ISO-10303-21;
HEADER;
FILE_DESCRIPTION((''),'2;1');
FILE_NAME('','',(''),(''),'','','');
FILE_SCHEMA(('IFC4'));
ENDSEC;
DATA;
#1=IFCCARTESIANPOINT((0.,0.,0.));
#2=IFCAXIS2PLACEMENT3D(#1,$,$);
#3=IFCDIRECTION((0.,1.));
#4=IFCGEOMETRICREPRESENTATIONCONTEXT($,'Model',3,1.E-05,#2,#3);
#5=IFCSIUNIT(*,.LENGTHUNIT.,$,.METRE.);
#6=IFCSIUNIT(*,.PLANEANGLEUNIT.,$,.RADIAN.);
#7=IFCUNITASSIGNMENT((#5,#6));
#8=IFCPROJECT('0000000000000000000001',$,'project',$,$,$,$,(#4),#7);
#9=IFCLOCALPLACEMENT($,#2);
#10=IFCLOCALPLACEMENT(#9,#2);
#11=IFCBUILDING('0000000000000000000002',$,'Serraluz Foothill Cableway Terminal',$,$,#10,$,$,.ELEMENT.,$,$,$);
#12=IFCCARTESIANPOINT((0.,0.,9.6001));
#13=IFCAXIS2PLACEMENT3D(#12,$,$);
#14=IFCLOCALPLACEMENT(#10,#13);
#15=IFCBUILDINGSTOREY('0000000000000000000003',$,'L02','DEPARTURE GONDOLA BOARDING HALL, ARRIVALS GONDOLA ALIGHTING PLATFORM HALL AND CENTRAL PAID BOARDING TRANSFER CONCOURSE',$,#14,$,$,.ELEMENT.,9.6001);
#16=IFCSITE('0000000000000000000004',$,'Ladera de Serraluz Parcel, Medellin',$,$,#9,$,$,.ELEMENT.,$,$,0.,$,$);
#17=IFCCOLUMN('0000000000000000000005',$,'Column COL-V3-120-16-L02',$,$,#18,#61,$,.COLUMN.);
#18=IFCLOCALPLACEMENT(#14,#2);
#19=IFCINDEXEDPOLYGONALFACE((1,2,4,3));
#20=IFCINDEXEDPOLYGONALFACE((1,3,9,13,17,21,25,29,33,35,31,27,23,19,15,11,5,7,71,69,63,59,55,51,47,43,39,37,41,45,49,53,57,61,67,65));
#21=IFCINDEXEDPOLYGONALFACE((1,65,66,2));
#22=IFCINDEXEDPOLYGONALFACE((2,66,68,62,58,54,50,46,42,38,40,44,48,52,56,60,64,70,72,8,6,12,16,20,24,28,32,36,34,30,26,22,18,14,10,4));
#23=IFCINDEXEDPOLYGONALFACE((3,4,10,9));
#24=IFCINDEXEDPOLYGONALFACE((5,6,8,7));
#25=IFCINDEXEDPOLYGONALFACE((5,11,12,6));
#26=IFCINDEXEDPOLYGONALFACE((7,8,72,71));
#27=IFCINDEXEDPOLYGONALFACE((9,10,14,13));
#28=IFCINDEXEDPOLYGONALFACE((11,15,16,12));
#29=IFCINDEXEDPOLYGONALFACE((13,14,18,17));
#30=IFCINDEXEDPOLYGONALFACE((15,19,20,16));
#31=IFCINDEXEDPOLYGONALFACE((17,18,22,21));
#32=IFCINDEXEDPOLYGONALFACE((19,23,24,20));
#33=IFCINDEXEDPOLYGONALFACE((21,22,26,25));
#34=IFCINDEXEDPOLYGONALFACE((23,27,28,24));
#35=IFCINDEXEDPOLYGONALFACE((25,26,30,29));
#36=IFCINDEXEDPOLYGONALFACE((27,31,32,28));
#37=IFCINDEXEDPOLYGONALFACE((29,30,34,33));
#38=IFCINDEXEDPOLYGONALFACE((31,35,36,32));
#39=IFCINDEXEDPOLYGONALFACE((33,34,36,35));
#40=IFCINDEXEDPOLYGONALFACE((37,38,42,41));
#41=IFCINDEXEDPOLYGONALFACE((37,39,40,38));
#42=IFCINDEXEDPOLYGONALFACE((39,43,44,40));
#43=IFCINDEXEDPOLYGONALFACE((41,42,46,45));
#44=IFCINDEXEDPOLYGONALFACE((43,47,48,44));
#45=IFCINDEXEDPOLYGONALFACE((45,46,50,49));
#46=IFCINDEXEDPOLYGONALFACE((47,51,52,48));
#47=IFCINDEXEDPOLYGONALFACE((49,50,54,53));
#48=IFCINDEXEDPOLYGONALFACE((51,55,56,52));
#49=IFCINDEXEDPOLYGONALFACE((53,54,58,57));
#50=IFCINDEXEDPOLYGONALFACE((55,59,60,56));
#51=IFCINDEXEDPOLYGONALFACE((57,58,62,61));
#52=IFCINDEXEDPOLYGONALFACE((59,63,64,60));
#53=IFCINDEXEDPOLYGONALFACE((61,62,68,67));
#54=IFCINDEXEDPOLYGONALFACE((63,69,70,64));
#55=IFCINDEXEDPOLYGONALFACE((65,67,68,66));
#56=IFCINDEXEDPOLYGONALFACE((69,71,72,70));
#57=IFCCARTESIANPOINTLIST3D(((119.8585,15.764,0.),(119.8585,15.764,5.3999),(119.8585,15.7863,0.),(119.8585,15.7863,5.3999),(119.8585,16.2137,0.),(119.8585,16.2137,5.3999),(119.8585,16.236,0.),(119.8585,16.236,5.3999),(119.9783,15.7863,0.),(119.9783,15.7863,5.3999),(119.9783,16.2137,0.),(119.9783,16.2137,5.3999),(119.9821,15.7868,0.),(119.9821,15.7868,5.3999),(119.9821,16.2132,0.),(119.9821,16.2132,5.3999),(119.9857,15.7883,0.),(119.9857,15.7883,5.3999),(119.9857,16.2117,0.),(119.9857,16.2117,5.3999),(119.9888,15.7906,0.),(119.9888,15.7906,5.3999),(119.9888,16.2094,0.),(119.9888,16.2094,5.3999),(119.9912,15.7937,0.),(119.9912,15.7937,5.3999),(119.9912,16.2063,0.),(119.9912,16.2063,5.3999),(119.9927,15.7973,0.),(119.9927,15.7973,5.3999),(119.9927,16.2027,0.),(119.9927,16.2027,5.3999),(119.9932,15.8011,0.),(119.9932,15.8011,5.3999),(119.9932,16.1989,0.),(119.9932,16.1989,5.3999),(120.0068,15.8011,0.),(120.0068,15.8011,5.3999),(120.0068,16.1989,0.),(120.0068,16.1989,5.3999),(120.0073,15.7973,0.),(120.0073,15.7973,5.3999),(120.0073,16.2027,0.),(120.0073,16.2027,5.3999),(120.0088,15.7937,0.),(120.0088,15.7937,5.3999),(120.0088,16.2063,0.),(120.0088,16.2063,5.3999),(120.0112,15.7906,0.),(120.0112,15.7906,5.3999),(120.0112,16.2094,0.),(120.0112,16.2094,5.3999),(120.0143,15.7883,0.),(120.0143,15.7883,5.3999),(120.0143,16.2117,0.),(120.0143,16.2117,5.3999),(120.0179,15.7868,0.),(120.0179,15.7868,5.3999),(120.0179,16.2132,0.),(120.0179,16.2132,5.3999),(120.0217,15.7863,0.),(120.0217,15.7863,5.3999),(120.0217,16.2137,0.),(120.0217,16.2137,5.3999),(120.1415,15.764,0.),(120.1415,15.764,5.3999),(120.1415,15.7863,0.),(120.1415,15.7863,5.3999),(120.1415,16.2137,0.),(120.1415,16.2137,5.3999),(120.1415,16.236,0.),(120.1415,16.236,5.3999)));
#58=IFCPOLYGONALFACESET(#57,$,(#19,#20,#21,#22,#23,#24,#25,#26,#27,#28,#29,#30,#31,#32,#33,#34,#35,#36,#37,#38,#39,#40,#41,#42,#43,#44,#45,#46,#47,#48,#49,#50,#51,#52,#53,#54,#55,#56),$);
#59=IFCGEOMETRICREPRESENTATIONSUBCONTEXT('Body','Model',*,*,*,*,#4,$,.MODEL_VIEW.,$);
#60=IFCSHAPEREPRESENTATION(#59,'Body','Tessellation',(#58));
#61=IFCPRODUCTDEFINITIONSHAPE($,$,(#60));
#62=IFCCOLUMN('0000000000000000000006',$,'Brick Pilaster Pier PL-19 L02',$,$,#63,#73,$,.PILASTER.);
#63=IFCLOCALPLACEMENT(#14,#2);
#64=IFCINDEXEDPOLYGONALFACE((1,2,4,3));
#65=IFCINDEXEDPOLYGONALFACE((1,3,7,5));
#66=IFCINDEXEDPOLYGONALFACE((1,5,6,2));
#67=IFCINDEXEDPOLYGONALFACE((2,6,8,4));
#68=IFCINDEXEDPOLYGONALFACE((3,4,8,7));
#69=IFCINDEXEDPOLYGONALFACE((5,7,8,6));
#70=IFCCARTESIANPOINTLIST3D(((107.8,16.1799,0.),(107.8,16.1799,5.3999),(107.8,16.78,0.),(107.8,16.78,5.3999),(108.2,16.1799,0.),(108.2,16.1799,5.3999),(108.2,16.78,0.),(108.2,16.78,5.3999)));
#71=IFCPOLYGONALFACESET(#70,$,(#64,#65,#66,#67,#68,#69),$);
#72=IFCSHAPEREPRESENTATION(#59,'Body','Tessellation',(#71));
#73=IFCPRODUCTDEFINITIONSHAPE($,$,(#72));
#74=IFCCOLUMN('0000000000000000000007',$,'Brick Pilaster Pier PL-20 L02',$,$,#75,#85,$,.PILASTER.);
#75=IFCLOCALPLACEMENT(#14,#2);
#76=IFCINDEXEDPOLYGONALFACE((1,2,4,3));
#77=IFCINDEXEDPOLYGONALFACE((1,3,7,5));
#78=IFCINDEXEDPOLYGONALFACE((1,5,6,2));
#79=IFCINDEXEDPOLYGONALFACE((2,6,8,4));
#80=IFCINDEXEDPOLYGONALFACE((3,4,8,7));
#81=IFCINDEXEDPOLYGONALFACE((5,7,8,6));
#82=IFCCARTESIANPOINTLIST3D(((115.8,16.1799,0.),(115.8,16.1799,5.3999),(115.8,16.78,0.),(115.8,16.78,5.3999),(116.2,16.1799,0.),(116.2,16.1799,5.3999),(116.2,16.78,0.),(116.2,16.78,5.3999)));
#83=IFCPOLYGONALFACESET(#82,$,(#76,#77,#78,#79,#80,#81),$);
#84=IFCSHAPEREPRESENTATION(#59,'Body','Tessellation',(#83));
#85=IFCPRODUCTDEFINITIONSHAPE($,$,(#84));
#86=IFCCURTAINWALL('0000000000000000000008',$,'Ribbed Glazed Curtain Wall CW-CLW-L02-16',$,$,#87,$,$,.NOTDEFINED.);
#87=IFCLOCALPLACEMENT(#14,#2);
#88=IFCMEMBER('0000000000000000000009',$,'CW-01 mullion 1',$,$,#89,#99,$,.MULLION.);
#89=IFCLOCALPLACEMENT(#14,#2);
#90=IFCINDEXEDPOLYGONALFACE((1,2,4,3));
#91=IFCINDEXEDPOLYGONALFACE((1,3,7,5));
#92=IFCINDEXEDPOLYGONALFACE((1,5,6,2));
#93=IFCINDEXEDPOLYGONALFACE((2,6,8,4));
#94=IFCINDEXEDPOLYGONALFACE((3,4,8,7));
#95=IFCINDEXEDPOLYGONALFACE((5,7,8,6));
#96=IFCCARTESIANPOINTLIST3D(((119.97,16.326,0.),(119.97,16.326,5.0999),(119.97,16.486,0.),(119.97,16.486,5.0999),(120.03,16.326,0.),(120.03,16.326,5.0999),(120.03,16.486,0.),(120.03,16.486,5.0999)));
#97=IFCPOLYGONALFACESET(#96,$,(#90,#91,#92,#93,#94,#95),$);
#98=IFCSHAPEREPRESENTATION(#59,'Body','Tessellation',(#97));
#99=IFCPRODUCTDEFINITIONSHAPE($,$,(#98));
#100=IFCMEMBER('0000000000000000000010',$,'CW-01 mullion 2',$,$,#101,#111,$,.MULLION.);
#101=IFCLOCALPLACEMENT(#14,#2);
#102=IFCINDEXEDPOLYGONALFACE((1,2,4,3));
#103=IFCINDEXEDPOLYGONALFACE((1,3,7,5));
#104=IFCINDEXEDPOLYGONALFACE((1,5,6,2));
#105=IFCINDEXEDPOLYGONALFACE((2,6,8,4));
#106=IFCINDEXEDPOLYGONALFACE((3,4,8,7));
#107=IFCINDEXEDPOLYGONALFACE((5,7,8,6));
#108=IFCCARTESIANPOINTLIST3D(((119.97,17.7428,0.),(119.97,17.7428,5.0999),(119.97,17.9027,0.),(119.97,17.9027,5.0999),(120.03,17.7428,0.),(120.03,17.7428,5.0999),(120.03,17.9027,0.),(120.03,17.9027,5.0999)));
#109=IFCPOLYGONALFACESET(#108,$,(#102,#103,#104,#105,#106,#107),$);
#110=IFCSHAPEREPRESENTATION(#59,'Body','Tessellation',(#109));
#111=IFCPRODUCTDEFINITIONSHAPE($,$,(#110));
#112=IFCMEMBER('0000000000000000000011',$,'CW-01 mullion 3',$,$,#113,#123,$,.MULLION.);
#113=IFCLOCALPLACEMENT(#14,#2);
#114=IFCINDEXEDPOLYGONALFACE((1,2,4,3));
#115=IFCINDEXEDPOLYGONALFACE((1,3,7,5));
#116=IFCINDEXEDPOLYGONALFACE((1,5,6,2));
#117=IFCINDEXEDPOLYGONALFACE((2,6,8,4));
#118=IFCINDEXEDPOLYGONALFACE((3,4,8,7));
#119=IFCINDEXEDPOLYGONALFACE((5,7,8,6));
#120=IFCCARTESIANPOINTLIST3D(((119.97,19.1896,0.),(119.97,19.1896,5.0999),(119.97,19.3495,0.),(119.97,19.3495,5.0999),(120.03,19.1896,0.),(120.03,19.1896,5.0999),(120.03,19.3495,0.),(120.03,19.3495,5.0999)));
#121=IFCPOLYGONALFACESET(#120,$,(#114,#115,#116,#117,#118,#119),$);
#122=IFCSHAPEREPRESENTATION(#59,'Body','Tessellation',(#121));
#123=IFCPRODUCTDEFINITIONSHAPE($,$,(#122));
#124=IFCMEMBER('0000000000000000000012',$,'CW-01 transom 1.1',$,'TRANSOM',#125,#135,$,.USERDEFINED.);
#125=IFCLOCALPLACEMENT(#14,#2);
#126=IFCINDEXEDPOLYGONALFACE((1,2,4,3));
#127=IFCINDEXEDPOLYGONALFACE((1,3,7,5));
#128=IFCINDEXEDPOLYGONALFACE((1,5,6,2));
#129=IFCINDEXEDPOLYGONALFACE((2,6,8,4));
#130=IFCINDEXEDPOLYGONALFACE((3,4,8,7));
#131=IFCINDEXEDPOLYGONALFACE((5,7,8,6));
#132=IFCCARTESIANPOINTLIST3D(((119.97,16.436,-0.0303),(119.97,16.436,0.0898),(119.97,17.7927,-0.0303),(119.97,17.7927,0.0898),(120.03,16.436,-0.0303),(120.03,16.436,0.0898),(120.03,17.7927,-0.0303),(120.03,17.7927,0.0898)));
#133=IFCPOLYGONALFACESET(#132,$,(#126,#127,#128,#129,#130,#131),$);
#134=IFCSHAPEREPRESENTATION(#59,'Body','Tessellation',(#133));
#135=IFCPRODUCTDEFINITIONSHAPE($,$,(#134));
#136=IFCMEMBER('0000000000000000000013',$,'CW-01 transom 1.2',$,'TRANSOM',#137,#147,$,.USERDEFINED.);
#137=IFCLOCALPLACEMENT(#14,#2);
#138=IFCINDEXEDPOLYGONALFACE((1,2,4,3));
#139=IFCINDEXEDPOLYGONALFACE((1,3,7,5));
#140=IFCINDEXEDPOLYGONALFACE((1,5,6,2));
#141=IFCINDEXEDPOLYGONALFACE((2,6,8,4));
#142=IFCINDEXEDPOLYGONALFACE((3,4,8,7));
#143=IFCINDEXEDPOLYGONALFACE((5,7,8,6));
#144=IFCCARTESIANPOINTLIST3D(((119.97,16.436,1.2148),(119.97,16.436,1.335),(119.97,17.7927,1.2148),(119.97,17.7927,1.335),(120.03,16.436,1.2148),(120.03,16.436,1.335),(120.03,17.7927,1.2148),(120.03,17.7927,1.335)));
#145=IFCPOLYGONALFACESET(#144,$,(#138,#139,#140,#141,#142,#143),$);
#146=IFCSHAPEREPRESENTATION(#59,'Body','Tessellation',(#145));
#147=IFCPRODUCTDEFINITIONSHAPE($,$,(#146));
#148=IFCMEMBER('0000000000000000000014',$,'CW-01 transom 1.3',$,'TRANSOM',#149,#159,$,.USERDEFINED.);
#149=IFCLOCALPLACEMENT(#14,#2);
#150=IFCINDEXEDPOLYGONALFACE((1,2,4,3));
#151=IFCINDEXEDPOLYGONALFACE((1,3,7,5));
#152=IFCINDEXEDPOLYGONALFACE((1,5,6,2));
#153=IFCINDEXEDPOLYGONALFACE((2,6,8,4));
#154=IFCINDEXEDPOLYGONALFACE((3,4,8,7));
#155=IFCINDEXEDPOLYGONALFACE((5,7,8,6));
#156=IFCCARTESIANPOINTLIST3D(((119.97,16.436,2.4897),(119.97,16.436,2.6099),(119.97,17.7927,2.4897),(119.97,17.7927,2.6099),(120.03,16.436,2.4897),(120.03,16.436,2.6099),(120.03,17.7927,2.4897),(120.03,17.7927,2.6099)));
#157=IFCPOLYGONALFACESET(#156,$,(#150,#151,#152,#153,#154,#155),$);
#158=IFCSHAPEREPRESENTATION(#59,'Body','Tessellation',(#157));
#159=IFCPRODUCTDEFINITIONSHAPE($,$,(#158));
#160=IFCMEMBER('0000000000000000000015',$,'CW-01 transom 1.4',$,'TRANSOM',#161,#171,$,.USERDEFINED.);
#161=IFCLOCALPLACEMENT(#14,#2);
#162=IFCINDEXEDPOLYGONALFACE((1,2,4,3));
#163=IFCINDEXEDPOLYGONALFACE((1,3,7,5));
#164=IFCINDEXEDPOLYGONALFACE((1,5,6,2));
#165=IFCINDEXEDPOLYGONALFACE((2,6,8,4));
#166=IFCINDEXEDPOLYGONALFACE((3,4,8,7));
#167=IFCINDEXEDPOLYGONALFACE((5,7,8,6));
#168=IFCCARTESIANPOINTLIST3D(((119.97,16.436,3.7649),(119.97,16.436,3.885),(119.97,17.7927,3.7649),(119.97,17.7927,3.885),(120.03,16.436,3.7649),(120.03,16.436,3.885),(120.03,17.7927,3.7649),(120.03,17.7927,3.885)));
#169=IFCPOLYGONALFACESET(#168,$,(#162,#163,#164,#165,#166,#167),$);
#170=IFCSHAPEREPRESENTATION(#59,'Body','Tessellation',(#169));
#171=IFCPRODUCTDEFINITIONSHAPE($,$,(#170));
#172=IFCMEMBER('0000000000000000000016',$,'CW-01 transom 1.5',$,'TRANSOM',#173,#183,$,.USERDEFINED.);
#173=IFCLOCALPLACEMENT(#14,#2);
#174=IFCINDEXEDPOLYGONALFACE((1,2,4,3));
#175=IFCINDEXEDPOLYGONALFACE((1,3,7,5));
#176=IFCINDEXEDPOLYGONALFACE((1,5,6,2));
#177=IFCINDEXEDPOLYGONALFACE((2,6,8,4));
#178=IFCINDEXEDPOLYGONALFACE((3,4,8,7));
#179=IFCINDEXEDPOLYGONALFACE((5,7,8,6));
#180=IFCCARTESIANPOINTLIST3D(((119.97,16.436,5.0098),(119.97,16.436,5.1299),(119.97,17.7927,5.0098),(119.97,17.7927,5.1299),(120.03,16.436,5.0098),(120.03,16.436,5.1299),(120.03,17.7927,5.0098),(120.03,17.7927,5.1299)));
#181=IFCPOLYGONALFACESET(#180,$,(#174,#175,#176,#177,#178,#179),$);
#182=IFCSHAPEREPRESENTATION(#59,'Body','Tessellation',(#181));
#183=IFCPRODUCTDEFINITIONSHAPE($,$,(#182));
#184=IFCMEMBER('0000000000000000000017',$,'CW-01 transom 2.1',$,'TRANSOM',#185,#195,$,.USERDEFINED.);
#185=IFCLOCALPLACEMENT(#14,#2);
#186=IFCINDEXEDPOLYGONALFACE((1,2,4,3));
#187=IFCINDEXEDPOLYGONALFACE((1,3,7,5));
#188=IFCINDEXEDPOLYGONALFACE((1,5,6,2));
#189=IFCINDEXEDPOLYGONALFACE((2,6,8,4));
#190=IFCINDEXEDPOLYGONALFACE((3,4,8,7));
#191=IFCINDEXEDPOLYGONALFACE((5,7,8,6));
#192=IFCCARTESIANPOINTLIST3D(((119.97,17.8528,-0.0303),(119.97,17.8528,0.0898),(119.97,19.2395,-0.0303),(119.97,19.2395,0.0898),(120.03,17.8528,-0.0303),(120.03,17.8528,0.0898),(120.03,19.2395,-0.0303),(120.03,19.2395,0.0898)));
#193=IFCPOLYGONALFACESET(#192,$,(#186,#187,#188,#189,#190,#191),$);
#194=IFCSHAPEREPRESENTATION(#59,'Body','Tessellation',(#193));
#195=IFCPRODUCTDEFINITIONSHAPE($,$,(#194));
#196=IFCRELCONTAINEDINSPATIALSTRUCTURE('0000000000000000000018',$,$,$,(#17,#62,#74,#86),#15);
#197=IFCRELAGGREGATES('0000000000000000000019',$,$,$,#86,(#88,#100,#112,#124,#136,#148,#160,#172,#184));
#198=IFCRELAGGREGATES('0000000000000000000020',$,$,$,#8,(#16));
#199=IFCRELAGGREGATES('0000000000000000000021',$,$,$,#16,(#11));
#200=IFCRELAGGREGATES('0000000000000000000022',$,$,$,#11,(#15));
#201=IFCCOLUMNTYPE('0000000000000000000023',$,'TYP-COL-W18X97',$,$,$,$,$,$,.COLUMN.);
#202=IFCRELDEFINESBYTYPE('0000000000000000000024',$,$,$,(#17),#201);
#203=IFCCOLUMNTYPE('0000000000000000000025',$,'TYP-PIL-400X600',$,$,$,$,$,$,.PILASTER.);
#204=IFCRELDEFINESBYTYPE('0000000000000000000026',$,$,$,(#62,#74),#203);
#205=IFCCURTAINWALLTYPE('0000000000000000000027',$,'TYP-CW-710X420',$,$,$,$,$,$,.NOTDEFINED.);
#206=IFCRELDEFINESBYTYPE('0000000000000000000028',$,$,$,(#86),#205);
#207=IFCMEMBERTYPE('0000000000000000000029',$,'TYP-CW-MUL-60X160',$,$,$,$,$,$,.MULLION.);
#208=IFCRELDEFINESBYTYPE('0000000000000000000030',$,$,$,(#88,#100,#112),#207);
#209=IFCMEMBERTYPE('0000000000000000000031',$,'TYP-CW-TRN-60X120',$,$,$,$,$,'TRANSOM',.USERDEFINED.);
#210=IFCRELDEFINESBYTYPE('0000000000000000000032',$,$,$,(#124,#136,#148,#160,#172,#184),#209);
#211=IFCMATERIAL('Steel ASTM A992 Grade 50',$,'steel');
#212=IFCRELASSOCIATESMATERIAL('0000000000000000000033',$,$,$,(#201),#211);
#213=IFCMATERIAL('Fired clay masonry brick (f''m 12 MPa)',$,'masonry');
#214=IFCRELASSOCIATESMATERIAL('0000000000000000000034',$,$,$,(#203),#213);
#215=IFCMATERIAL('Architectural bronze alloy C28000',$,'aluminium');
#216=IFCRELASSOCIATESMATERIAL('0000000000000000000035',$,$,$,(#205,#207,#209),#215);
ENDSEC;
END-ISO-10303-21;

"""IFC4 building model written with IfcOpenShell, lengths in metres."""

from ifc_helpers import new_model, si_unit, direction, frame, origin, origin_2d, place, context, subcontext, project, spatial, rectangle, i_section, extrude, material, material_profile, profile_set, type_object, element, aggregate, save


model = new_model("IFC4")

# Units and contexts
model_context = context("Model", 3, precision=1e-05, world=origin(), true_north=direction((0.0, 1.0)))
body_context = subcontext(model_context, "Body", "Model", "MODEL_VIEW")
ifc_project = project(units=[si_unit("LENGTHUNIT", "METRE"), si_unit("PLANEANGLEUNIT", "RADIAN")], contexts=[model_context])

# Site, building, storey
site_placement = place(None, origin())
site = spatial("IfcSite", under=ifc_project, at=site_placement, Name="Ladera de Serraluz Parcel, Medellin", CompositionType="ELEMENT", RefElevation=0.0)
building_placement = place(site_placement, origin())
building = spatial("IfcBuilding", under=site, at=building_placement, Name="Serraluz Foothill Cableway Terminal", CompositionType="ELEMENT")
storey_placement = place(building_placement, frame((0.0, 0.0, 9.6001)))
storey = spatial("IfcBuildingStorey", under=building, at=storey_placement, Name="L02", Description="DEPARTURE GONDOLA BOARDING HALL, ARRIVALS GONDOLA ALIGHTING PLATFORM HALL AND CENTRAL PAID BOARDING TRANSFER CONCOURSE", CompositionType="ELEMENT", Elevation=9.6001)

# Columns
ifc_material_1 = material(Name="Steel ASTM A992 Grade 50", Category="steel")
ifc_material_profile_1 = material_profile(ifc_material_1, i_section(OverallWidth=0.283, OverallDepth=0.4719, WebThickness=0.0137, FlangeThickness=0.0222, FilletRadius=0.0149, at=origin_2d()), Name="W18X97")
ifc_profile_set_1 = profile_set([ifc_material_profile_1], Name="Steel ASTM A992 Grade 50")
column_type_1 = type_object("IfcColumnType", Name="TYP-COL-W18X97", PredefinedType="COLUMN", material=ifc_profile_set_1)
column_placement = place(storey_placement, frame((120.0, 16.0, 0.0), z_axis=(0.0, 0.0, 1.0), x_axis=(1.0, 0.0, 0.0)))
element("IfcColumn", 1, at=column_placement, inside=storey, type_object=column_type_1, Name="Column COL-V3-120-16-L02", PredefinedType="COLUMN", context=body_context, shape_type="SweptSolid", body=[
    extrude(i_section(OverallWidth=0.283, OverallDepth=0.4719, WebThickness=0.0137, FlangeThickness=0.0222, FilletRadius=0.0149, at=origin_2d()), origin(), (0.0, 0.0, 1.0), 5.3999),
])
ifc_material_2 = material(Name="Fired clay masonry brick (f'm 12 MPa)", Category="masonry")
ifc_material_profile_2 = material_profile(ifc_material_2, rectangle(XDim=0.3999, YDim=0.6001, at=origin_2d()), Name="PIL 400x600")
ifc_profile_set_2 = profile_set([ifc_material_profile_2], Name="Fired clay masonry brick (f'm 12 MPa)")
column_type_2 = type_object("IfcColumnType", Name="TYP-PIL-400X600", PredefinedType="PILASTER", material=ifc_profile_set_2)
for number, where, z_axis, x_axis, name in (
    (2, (108.0, 16.48, 0.0), (0.0, 0.0, 1.0), (1.0, 0.0, 0.0), "Brick Pilaster Pier PL-19 L02"),
    (3, (116.0, 16.48, 0.0), (0.0, 0.0, 1.0), (1.0, 0.0, 0.0), "Brick Pilaster Pier PL-20 L02"),
):
    element("IfcColumn", number, at=place(storey_placement, frame(where, z_axis=z_axis, x_axis=x_axis)), inside=storey, type_object=column_type_2, Name=name, PredefinedType="PILASTER", context=body_context, shape_type="SweptSolid", body=[
        extrude(rectangle(XDim=0.3999, YDim=0.6001, at=origin_2d()), origin(), (0.0, 0.0, 1.0), 5.3999),
    ])

# Curtain wall, members
ifc_material_3 = material(Name="Architectural bronze alloy C28000", Category="aluminium")
curtain_wall_type = type_object("IfcCurtainWallType", Name="TYP-CW-710X420", PredefinedType="NOTDEFINED", material=ifc_material_3)
curtain_wall_placement = place(storey_placement, origin())
curtain_wall = element("IfcCurtainWall", 4, at=curtain_wall_placement, inside=storey, type_object=curtain_wall_type, Name="Ribbed Glazed Curtain Wall CW-CLW-L02-16", PredefinedType="NOTDEFINED")
ifc_material_profile_3 = material_profile(ifc_material_3, rectangle(XDim=0.0601, YDim=0.1599, at=origin_2d()), Name="ALU MULLION 60x160")
ifc_profile_set_3 = profile_set([ifc_material_profile_3], Name="Architectural bronze alloy C28000")
member_type_1 = type_object("IfcMemberType", Name="TYP-CW-MUL-60X160", PredefinedType="MULLION", material=ifc_profile_set_3)
member_1_placement = place(storey_placement, frame((120.0, 16.406, 0.0), z_axis=(0.0, 0.0, 1.0), x_axis=(-1.0, 0.0, 0.0)))
member_1 = element("IfcMember", 5, at=member_1_placement, type_object=member_type_1, Name="CW-01 mullion 1", PredefinedType="MULLION", context=body_context, shape_type="SweptSolid", body=[
    extrude(rectangle(XDim=0.0601, YDim=0.1599, at=origin_2d()), origin(), (0.0, 0.0, 1.0), 5.0999),
])
member_2_placement = place(storey_placement, frame((120.0, 17.8228, 0.0), z_axis=(0.0, 0.0, 1.0), x_axis=(-1.0, 0.0, 0.0)))
member_2 = element("IfcMember", 6, at=member_2_placement, type_object=member_type_1, Name="CW-01 mullion 2", PredefinedType="MULLION", context=body_context, shape_type="SweptSolid", body=[
    extrude(rectangle(XDim=0.0601, YDim=0.1599, at=origin_2d()), origin(), (0.0, 0.0, 1.0), 5.0999),
])
member_3_placement = place(storey_placement, frame((120.0, 19.2695, 0.0), z_axis=(0.0, 0.0, 1.0), x_axis=(-1.0, 0.0, 0.0)))
member_3 = element("IfcMember", 7, at=member_3_placement, type_object=member_type_1, Name="CW-01 mullion 3", PredefinedType="MULLION", context=body_context, shape_type="SweptSolid", body=[
    extrude(rectangle(XDim=0.0601, YDim=0.1599, at=origin_2d()), origin(), (0.0, 0.0, 1.0), 5.0999),
])
ifc_material_profile_4 = material_profile(ifc_material_3, rectangle(XDim=0.0601, YDim=0.1201, at=origin_2d()), Name="ALU TRANSOM 60x120")
ifc_profile_set_4 = profile_set([ifc_material_profile_4], Name="Architectural bronze alloy C28000")
member_type_2 = type_object("IfcMemberType", Name="TYP-CW-TRN-60X120", ElementType="TRANSOM", PredefinedType="USERDEFINED", material=ifc_profile_set_4)
member_4_placement = place(storey_placement, frame((120.0, 16.436, 0.0298), z_axis=(0.0, 1.0, 0.0), x_axis=(-1.0, 0.0, 0.0)))
member_4 = element("IfcMember", 8, at=member_4_placement, type_object=member_type_2, Name="CW-01 transom 1.1", ObjectType="TRANSOM", PredefinedType="USERDEFINED", context=body_context, shape_type="SweptSolid", body=[
    extrude(rectangle(XDim=0.0601, YDim=0.1201, at=origin_2d()), origin(), (0.0, 0.0, 1.0), 1.3567),
])
member_5_placement = place(storey_placement, frame((120.0, 16.436, 1.2749), z_axis=(0.0, 1.0, 0.0), x_axis=(-1.0, 0.0, 0.0)))
member_5 = element("IfcMember", 9, at=member_5_placement, type_object=member_type_2, Name="CW-01 transom 1.2", ObjectType="TRANSOM", PredefinedType="USERDEFINED", context=body_context, shape_type="SweptSolid", body=[
    extrude(rectangle(XDim=0.0601, YDim=0.1201, at=origin_2d()), origin(), (0.0, 0.0, 1.0), 1.3567),
])
member_6_placement = place(storey_placement, frame((120.0, 16.436, 2.5498), z_axis=(0.0, 1.0, 0.0), x_axis=(-1.0, 0.0, 0.0)))
member_6 = element("IfcMember", 10, at=member_6_placement, type_object=member_type_2, Name="CW-01 transom 1.3", ObjectType="TRANSOM", PredefinedType="USERDEFINED", context=body_context, shape_type="SweptSolid", body=[
    extrude(rectangle(XDim=0.0601, YDim=0.1201, at=origin_2d()), origin(), (0.0, 0.0, 1.0), 1.3567),
])
member_7_placement = place(storey_placement, frame((120.0, 16.436, 3.825), z_axis=(0.0, 1.0, 0.0), x_axis=(-1.0, 0.0, 0.0)))
member_7 = element("IfcMember", 11, at=member_7_placement, type_object=member_type_2, Name="CW-01 transom 1.4", ObjectType="TRANSOM", PredefinedType="USERDEFINED", context=body_context, shape_type="SweptSolid", body=[
    extrude(rectangle(XDim=0.0601, YDim=0.1201, at=origin_2d()), origin(), (0.0, 0.0, 1.0), 1.3567),
])
member_8_placement = place(storey_placement, frame((120.0, 16.436, 5.0698), z_axis=(0.0, 1.0, 0.0), x_axis=(-1.0, 0.0, 0.0)))
member_8 = element("IfcMember", 12, at=member_8_placement, type_object=member_type_2, Name="CW-01 transom 1.5", ObjectType="TRANSOM", PredefinedType="USERDEFINED", context=body_context, shape_type="SweptSolid", body=[
    extrude(rectangle(XDim=0.0601, YDim=0.1201, at=origin_2d()), origin(), (0.0, 0.0, 1.0), 1.3567),
])
member_9_placement = place(storey_placement, frame((120.0, 17.8528, 0.0298), z_axis=(0.0, 1.0, 0.0), x_axis=(-1.0, 0.0, 0.0)))
member_9 = element("IfcMember", 13, at=member_9_placement, type_object=member_type_2, Name="CW-01 transom 2.1", ObjectType="TRANSOM", PredefinedType="USERDEFINED", context=body_context, shape_type="SweptSolid", body=[
    extrude(rectangle(XDim=0.0601, YDim=0.1201, at=origin_2d()), origin(), (0.0, 0.0, 1.0), 1.3867),
])
aggregate(curtain_wall, [member_1, member_2, member_3, member_4, member_5, member_6, member_7, member_8, member_9])

save(model, "model.ifc")
